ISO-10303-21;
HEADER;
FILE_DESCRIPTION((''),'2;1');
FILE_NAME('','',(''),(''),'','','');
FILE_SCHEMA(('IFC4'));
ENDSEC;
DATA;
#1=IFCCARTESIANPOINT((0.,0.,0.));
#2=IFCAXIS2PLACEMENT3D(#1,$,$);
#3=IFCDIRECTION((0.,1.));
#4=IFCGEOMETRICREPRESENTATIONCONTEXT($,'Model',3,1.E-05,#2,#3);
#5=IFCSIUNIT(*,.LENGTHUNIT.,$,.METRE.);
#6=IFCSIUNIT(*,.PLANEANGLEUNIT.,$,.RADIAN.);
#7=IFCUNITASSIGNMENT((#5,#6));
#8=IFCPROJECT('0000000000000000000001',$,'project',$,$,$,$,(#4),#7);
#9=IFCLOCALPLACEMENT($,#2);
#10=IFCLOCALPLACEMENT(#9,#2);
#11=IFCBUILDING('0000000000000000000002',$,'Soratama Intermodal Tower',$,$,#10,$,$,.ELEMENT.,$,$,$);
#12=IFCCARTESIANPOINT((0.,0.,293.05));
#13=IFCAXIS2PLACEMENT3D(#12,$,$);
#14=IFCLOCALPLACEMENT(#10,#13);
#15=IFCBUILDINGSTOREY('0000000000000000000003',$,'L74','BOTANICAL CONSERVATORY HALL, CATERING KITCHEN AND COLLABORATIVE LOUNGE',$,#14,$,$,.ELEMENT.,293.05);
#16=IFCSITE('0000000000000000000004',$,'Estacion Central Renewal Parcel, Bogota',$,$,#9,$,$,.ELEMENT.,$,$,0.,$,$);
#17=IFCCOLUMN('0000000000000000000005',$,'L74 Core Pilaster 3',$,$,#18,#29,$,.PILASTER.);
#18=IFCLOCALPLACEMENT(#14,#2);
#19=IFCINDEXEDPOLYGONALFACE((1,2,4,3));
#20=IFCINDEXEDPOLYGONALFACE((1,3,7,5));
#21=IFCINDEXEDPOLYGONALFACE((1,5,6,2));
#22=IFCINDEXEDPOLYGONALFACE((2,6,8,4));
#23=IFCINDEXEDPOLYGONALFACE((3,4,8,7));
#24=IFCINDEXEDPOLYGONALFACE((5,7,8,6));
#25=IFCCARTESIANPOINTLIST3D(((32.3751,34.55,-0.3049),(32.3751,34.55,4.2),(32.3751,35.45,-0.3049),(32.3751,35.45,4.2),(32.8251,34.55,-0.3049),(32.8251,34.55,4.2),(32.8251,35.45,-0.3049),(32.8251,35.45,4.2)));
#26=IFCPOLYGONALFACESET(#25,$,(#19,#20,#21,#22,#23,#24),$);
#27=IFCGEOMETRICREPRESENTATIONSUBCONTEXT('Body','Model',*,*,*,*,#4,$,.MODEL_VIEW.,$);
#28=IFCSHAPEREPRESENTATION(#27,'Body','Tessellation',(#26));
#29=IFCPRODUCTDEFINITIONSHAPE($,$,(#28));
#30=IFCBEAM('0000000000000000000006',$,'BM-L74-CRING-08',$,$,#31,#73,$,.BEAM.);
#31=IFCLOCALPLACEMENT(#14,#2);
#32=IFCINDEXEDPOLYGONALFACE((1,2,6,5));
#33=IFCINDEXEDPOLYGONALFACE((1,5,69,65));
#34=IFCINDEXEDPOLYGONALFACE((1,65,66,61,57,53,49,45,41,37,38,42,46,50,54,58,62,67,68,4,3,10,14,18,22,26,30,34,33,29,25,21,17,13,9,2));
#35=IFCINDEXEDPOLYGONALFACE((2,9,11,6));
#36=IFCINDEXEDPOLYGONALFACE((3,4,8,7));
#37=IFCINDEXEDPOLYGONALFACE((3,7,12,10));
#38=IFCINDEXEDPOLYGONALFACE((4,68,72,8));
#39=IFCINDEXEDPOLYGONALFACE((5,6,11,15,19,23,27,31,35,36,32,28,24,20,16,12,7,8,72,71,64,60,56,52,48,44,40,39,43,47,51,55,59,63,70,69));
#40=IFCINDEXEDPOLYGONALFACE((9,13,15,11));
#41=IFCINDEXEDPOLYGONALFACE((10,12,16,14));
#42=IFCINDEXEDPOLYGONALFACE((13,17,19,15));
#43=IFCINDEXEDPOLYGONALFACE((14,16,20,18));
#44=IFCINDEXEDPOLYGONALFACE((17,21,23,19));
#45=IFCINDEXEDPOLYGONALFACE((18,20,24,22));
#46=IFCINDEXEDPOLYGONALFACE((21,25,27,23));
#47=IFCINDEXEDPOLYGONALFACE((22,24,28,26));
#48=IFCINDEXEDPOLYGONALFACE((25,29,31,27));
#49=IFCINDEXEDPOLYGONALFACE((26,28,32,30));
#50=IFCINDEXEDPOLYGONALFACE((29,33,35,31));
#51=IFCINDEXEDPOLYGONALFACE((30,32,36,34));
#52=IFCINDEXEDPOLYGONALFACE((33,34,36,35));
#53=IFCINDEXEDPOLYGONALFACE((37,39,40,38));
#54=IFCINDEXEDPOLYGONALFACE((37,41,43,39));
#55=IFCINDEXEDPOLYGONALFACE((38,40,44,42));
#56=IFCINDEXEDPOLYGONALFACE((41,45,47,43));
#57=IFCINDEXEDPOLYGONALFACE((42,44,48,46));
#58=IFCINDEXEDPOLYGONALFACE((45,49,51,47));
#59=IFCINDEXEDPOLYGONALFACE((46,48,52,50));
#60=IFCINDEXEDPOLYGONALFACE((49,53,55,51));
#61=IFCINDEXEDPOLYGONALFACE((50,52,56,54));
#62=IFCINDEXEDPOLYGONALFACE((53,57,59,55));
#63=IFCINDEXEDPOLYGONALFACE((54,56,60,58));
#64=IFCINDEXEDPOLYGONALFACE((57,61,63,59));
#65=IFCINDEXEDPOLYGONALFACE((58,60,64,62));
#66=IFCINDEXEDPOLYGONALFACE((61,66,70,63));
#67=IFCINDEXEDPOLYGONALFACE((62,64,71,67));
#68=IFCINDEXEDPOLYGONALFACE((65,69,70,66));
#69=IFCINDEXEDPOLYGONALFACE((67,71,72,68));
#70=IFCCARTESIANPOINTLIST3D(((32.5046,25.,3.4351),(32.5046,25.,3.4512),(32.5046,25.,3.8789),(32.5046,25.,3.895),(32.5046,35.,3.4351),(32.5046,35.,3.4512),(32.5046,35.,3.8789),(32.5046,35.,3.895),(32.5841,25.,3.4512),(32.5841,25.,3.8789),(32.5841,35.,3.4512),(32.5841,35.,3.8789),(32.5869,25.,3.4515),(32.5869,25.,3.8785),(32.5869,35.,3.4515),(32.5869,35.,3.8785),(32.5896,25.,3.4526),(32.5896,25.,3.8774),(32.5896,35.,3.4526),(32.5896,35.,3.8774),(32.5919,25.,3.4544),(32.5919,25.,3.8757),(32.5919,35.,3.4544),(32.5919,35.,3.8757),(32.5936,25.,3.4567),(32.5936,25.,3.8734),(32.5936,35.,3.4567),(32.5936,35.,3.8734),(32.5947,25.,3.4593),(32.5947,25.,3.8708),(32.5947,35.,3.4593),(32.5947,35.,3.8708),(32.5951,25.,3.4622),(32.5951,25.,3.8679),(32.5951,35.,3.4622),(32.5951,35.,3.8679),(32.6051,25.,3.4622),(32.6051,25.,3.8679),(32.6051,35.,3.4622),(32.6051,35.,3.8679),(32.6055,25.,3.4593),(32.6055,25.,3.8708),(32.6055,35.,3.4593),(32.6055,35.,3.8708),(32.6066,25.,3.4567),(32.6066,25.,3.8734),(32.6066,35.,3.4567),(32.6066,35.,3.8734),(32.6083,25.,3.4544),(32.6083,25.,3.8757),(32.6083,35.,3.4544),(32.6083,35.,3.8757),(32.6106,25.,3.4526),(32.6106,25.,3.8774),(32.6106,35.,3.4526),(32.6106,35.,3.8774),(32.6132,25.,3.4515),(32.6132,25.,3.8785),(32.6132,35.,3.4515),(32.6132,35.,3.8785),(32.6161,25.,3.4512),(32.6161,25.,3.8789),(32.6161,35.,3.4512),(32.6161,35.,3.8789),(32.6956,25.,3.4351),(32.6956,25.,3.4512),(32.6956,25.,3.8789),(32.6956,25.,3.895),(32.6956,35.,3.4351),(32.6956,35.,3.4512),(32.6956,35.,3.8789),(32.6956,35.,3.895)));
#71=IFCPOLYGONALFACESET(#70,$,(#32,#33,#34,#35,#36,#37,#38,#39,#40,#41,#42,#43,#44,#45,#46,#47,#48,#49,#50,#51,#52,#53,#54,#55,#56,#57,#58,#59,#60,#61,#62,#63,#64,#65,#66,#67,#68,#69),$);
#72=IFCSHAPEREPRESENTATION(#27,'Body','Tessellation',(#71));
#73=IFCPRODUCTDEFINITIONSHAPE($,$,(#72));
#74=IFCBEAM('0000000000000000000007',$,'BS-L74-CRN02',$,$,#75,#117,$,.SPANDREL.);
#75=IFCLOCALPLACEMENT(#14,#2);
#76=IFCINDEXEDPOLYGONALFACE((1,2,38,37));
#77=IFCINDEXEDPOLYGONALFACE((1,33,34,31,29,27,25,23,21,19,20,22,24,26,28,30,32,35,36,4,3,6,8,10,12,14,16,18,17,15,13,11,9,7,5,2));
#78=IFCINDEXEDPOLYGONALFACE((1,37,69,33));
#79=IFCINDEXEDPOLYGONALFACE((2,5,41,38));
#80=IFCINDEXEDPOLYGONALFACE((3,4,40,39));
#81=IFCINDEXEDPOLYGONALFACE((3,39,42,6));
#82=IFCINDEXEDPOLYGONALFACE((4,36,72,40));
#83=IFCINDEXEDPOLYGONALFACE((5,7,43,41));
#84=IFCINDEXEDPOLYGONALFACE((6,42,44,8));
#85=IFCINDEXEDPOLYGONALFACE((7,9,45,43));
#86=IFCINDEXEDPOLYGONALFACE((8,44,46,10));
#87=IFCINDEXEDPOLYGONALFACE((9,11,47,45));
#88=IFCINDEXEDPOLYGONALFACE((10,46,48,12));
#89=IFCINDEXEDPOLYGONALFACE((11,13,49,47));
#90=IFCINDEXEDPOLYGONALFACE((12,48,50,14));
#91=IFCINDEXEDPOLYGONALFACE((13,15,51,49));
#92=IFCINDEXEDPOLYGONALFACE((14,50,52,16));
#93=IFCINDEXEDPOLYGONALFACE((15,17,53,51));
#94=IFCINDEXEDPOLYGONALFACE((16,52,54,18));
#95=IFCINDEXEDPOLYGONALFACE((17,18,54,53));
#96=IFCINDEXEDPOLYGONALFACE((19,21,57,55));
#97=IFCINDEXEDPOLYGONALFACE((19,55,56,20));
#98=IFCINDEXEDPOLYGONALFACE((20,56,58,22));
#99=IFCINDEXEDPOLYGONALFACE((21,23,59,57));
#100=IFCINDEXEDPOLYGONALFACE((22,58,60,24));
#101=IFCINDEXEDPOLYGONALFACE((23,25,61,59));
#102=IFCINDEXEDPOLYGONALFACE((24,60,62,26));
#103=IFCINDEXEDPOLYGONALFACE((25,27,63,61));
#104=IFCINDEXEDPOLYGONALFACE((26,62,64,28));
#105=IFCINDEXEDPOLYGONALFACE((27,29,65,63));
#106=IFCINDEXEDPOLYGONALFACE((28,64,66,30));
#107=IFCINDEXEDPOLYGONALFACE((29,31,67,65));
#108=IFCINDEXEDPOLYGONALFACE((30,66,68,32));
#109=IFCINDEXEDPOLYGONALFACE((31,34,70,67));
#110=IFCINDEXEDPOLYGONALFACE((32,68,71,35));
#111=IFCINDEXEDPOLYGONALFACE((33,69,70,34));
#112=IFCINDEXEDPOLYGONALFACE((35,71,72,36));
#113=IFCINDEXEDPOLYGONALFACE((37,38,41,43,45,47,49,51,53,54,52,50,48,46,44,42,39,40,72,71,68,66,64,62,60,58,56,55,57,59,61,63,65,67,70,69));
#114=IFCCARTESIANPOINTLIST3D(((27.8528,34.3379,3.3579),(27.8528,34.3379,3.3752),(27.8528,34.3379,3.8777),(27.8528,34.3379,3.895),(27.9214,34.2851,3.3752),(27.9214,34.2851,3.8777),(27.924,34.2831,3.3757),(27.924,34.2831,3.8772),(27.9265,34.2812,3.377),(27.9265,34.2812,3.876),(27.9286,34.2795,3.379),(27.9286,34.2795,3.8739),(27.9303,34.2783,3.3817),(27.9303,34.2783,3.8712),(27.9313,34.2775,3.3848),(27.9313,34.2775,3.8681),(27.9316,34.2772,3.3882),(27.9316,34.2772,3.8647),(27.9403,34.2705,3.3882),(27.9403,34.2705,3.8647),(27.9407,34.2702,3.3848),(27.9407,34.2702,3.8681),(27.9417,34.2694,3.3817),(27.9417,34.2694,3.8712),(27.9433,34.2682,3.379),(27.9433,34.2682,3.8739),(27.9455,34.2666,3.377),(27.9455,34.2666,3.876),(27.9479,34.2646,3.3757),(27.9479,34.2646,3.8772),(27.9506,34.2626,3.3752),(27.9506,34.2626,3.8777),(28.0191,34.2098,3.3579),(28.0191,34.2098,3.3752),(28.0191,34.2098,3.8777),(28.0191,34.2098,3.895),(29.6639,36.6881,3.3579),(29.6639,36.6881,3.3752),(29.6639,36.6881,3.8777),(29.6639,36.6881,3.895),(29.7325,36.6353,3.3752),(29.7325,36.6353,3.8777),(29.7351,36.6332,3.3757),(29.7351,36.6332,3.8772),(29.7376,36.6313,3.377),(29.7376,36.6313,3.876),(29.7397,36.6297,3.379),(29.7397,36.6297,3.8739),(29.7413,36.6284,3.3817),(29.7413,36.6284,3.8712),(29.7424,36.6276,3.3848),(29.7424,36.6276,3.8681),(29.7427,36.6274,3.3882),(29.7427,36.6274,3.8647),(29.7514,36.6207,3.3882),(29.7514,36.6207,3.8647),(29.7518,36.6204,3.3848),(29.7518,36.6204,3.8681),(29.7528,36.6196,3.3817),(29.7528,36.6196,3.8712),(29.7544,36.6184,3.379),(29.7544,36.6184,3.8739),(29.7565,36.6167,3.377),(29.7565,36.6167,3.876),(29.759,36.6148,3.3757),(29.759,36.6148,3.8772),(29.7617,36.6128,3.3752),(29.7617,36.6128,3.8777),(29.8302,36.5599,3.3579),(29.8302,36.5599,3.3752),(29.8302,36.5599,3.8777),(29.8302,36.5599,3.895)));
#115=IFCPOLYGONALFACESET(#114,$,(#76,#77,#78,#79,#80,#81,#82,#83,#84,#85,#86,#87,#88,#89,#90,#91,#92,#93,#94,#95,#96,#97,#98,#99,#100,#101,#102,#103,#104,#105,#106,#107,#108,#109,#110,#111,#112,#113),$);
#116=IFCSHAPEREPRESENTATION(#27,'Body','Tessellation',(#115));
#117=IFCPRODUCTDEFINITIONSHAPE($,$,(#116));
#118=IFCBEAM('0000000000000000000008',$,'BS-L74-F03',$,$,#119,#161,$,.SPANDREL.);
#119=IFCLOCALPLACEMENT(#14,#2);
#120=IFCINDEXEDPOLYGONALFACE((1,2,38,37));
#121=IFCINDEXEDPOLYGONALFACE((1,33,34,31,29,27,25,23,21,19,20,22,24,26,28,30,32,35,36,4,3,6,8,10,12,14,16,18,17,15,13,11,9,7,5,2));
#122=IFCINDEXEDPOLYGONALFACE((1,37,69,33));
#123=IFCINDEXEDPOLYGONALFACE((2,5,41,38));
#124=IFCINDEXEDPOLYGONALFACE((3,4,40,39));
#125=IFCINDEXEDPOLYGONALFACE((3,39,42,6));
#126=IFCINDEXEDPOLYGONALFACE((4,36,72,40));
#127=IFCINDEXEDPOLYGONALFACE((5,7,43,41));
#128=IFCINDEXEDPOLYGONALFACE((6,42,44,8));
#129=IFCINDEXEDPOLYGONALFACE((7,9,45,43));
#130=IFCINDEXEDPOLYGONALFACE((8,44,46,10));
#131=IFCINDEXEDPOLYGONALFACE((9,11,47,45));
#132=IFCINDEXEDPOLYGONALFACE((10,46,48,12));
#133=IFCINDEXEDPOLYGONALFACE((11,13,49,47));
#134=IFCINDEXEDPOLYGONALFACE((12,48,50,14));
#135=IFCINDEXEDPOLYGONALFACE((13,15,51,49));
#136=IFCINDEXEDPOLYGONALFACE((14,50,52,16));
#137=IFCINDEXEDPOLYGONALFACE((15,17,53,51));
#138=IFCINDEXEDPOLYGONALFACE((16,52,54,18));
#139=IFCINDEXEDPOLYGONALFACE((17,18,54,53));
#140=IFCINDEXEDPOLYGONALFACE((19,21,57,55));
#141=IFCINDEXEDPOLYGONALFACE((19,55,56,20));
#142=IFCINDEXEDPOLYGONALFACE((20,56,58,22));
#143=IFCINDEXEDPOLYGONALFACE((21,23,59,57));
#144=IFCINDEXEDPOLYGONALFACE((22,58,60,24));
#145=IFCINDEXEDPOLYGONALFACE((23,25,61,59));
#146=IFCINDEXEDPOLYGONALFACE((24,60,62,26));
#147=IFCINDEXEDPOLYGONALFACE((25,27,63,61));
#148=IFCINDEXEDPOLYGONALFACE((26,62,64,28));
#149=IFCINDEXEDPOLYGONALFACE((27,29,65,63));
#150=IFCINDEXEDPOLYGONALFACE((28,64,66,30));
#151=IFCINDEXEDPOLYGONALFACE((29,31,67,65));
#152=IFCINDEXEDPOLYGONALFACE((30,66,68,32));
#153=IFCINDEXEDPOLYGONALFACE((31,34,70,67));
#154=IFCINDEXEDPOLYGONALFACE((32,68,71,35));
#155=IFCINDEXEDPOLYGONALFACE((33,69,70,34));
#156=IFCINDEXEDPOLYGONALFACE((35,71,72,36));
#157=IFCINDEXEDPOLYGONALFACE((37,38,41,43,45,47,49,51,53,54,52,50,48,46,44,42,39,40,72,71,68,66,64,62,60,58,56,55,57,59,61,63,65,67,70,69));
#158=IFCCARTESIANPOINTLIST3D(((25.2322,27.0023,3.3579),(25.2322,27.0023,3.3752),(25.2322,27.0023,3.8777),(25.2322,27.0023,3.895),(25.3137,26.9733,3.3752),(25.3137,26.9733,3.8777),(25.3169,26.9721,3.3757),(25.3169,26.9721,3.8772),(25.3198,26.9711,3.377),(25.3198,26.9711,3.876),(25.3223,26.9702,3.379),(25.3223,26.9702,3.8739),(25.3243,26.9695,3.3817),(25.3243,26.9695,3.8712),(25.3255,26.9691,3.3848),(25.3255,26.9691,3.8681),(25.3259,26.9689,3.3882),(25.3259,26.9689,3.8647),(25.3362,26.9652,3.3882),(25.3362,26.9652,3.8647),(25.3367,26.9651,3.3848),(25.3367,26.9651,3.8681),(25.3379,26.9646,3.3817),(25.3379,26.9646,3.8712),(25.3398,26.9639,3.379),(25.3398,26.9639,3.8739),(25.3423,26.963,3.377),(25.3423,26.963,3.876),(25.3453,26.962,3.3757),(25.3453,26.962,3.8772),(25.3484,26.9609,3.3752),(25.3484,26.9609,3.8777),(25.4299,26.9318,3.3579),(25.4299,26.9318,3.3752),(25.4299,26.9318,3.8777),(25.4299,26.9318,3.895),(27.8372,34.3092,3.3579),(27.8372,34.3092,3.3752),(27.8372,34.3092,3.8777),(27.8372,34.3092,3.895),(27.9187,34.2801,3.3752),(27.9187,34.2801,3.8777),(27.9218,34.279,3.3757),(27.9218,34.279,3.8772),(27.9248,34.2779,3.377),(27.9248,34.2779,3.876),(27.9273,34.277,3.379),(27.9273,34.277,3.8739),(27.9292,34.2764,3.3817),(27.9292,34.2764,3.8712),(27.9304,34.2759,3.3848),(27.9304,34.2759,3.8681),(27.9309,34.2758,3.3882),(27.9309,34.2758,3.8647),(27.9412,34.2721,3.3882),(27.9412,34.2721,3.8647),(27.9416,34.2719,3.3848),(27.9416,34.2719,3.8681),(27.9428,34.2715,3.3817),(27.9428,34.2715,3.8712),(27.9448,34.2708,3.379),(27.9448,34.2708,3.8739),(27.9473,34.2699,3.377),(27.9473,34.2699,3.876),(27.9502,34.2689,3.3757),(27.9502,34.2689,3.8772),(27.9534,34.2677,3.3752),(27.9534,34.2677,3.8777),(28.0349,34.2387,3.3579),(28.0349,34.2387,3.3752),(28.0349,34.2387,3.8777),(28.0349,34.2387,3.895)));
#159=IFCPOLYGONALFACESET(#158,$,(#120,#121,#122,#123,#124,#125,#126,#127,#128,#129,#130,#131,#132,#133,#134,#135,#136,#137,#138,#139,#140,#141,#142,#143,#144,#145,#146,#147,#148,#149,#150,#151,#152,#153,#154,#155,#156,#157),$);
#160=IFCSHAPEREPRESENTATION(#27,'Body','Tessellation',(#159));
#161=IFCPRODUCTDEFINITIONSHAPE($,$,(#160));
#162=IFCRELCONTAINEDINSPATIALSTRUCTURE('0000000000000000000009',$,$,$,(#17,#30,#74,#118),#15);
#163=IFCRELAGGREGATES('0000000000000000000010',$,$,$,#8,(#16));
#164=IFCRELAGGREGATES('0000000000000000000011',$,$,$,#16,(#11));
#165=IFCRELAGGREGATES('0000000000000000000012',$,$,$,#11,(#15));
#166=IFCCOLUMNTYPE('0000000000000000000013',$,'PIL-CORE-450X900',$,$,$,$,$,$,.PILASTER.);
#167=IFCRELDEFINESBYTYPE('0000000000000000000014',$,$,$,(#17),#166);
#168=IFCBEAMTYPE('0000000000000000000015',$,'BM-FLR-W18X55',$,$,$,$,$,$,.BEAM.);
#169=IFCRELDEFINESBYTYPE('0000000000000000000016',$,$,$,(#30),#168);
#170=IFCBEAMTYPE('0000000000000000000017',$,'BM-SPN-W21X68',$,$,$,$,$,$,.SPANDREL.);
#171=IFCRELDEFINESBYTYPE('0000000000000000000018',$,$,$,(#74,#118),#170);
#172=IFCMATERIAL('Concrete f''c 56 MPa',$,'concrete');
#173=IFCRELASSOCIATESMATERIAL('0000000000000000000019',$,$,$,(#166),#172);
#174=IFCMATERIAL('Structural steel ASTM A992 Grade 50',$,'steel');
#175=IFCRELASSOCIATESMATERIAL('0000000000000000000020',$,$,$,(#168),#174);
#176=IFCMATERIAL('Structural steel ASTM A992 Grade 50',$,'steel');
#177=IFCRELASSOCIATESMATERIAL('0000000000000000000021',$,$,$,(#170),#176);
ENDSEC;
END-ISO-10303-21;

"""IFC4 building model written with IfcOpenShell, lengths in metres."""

from ifc_helpers import new_model, si_unit, direction, frame, origin, origin_2d, place, context, subcontext, project, spatial, rectangle, i_section, extrude, material, material_profile, profile_set, type_object, element, save


model = new_model("IFC4")

# Units and contexts
model_context = context("Model", 3, precision=1e-05, world=origin(), true_north=direction((0.0, 1.0)))
body_context = subcontext(model_context, "Body", "Model", "MODEL_VIEW")
ifc_project = project(units=[si_unit("LENGTHUNIT", "METRE"), si_unit("PLANEANGLEUNIT", "RADIAN")], contexts=[model_context])

# Site, building, storey
site_placement = place(None, origin())
site = spatial("IfcSite", under=ifc_project, at=site_placement, Name="Estacion Central Renewal Parcel, Bogota", CompositionType="ELEMENT", RefElevation=0.0)
building_placement = place(site_placement, origin())
building = spatial("IfcBuilding", under=site, at=building_placement, Name="Soratama Intermodal Tower", CompositionType="ELEMENT")
storey_placement = place(building_placement, frame((0.0, 0.0, 293.05)))
storey = spatial("IfcBuildingStorey", under=building, at=storey_placement, Name="L74", Description="BOTANICAL CONSERVATORY HALL, CATERING KITCHEN AND COLLABORATIVE LOUNGE", CompositionType="ELEMENT", Elevation=293.05)

# Column
ifc_material_1 = material(Name="Concrete f'c 56 MPa", Category="concrete")
ifc_material_profile_1 = material_profile(ifc_material_1, rectangle(XDim=0.45, YDim=0.8999, at=origin_2d()), Name="RC450X900")
ifc_profile_set_1 = profile_set([ifc_material_profile_1], Name="Concrete f'c 56 MPa")
column_type = type_object("IfcColumnType", Name="PIL-CORE-450X900", PredefinedType="PILASTER", material=ifc_profile_set_1)
column_placement = place(storey_placement, frame((32.6001, 35.0, -0.3049), z_axis=(0.0, 0.0, 1.0), x_axis=(1.0, 0.0, 0.0)))
element("IfcColumn", 1, at=column_placement, inside=storey, type_object=column_type, Name="L74 Core Pilaster 3", PredefinedType="PILASTER", context=body_context, shape_type="SweptSolid", body=[
    extrude(rectangle(XDim=0.45, YDim=0.8999, at=origin_2d()), origin(), (0.0, 0.0, 1.0), 4.5049),
])

# Beams
ifc_material_2 = material(Name="Structural steel ASTM A992 Grade 50", Category="steel")
ifc_material_profile_2 = material_profile(ifc_material_2, i_section(OverallWidth=0.1909, OverallDepth=0.46, WebThickness=0.01, FlangeThickness=0.0161, FilletRadius=0.011, at=origin_2d()), Name="W18X55")
ifc_profile_set_2 = profile_set([ifc_material_profile_2], Name="Structural steel ASTM A992 Grade 50")
beam_type_1 = type_object("IfcBeamType", Name="BM-FLR-W18X55", PredefinedType="BEAM", material=ifc_profile_set_2)
beam_1_placement = place(storey_placement, frame((32.6001, 35.0, 3.665), z_axis=(0.0, -1.0, 0.0), x_axis=(1.0, 0.0, 0.0)))
element("IfcBeam", 2, at=beam_1_placement, inside=storey, type_object=beam_type_1, Name="BM-L74-CRING-08", PredefinedType="BEAM", context=body_context, shape_type="SweptSolid", body=[
    extrude(i_section(OverallWidth=0.1909, OverallDepth=0.46, WebThickness=0.01, FlangeThickness=0.0161, FilletRadius=0.011, at=origin_2d()), origin(), (0.0, 0.0, 1.0), 10.0),
])
ifc_material_3 = material(Name="Structural steel ASTM A992 Grade 50", Category="steel")
ifc_material_profile_3 = material_profile(ifc_material_3, i_section(OverallWidth=0.21, OverallDepth=0.5371, WebThickness=0.011, FlangeThickness=0.0173, FilletRadius=0.0129, at=origin_2d()), Name="W21X68")
ifc_profile_set_3 = profile_set([ifc_material_profile_3], Name="Structural steel ASTM A992 Grade 50")
beam_type_2 = type_object("IfcBeamType", Name="BM-SPN-W21X68", PredefinedType="SPANDREL", material=ifc_profile_set_3)
beam_2_placement = place(storey_placement, frame((29.7471, 36.624, 3.6265), z_axis=(-0.610402, -0.792091, 0.0), x_axis=(0.792091, -0.610402, 0.0)))
element("IfcBeam", 3, at=beam_2_placement, inside=storey, type_object=beam_type_2, Name="BS-L74-CRN02", PredefinedType="SPANDREL", context=body_context, shape_type="SweptSolid", body=[
    extrude(i_section(OverallWidth=0.21, OverallDepth=0.5371, WebThickness=0.011, FlangeThickness=0.0173, FilletRadius=0.0129, at=origin_2d()), origin(), (0.0, 0.0, 1.0), 2.967),
])
beam_3_placement = place(storey_placement, frame((27.936, 34.2739, 3.6265), z_axis=(-0.335808, -0.94193, 0.0), x_axis=(0.94193, -0.335808, 0.0)))
element("IfcBeam", 4, at=beam_3_placement, inside=storey, type_object=beam_type_2, Name="BS-L74-F03", PredefinedType="SPANDREL", context=body_context, shape_type="SweptSolid", body=[
    extrude(i_section(OverallWidth=0.21, OverallDepth=0.5371, WebThickness=0.011, FlangeThickness=0.0173, FilletRadius=0.0129, at=origin_2d()), origin(), (0.0, 0.0, 1.0), 7.7573),
])

save(model, "model.ifc")
